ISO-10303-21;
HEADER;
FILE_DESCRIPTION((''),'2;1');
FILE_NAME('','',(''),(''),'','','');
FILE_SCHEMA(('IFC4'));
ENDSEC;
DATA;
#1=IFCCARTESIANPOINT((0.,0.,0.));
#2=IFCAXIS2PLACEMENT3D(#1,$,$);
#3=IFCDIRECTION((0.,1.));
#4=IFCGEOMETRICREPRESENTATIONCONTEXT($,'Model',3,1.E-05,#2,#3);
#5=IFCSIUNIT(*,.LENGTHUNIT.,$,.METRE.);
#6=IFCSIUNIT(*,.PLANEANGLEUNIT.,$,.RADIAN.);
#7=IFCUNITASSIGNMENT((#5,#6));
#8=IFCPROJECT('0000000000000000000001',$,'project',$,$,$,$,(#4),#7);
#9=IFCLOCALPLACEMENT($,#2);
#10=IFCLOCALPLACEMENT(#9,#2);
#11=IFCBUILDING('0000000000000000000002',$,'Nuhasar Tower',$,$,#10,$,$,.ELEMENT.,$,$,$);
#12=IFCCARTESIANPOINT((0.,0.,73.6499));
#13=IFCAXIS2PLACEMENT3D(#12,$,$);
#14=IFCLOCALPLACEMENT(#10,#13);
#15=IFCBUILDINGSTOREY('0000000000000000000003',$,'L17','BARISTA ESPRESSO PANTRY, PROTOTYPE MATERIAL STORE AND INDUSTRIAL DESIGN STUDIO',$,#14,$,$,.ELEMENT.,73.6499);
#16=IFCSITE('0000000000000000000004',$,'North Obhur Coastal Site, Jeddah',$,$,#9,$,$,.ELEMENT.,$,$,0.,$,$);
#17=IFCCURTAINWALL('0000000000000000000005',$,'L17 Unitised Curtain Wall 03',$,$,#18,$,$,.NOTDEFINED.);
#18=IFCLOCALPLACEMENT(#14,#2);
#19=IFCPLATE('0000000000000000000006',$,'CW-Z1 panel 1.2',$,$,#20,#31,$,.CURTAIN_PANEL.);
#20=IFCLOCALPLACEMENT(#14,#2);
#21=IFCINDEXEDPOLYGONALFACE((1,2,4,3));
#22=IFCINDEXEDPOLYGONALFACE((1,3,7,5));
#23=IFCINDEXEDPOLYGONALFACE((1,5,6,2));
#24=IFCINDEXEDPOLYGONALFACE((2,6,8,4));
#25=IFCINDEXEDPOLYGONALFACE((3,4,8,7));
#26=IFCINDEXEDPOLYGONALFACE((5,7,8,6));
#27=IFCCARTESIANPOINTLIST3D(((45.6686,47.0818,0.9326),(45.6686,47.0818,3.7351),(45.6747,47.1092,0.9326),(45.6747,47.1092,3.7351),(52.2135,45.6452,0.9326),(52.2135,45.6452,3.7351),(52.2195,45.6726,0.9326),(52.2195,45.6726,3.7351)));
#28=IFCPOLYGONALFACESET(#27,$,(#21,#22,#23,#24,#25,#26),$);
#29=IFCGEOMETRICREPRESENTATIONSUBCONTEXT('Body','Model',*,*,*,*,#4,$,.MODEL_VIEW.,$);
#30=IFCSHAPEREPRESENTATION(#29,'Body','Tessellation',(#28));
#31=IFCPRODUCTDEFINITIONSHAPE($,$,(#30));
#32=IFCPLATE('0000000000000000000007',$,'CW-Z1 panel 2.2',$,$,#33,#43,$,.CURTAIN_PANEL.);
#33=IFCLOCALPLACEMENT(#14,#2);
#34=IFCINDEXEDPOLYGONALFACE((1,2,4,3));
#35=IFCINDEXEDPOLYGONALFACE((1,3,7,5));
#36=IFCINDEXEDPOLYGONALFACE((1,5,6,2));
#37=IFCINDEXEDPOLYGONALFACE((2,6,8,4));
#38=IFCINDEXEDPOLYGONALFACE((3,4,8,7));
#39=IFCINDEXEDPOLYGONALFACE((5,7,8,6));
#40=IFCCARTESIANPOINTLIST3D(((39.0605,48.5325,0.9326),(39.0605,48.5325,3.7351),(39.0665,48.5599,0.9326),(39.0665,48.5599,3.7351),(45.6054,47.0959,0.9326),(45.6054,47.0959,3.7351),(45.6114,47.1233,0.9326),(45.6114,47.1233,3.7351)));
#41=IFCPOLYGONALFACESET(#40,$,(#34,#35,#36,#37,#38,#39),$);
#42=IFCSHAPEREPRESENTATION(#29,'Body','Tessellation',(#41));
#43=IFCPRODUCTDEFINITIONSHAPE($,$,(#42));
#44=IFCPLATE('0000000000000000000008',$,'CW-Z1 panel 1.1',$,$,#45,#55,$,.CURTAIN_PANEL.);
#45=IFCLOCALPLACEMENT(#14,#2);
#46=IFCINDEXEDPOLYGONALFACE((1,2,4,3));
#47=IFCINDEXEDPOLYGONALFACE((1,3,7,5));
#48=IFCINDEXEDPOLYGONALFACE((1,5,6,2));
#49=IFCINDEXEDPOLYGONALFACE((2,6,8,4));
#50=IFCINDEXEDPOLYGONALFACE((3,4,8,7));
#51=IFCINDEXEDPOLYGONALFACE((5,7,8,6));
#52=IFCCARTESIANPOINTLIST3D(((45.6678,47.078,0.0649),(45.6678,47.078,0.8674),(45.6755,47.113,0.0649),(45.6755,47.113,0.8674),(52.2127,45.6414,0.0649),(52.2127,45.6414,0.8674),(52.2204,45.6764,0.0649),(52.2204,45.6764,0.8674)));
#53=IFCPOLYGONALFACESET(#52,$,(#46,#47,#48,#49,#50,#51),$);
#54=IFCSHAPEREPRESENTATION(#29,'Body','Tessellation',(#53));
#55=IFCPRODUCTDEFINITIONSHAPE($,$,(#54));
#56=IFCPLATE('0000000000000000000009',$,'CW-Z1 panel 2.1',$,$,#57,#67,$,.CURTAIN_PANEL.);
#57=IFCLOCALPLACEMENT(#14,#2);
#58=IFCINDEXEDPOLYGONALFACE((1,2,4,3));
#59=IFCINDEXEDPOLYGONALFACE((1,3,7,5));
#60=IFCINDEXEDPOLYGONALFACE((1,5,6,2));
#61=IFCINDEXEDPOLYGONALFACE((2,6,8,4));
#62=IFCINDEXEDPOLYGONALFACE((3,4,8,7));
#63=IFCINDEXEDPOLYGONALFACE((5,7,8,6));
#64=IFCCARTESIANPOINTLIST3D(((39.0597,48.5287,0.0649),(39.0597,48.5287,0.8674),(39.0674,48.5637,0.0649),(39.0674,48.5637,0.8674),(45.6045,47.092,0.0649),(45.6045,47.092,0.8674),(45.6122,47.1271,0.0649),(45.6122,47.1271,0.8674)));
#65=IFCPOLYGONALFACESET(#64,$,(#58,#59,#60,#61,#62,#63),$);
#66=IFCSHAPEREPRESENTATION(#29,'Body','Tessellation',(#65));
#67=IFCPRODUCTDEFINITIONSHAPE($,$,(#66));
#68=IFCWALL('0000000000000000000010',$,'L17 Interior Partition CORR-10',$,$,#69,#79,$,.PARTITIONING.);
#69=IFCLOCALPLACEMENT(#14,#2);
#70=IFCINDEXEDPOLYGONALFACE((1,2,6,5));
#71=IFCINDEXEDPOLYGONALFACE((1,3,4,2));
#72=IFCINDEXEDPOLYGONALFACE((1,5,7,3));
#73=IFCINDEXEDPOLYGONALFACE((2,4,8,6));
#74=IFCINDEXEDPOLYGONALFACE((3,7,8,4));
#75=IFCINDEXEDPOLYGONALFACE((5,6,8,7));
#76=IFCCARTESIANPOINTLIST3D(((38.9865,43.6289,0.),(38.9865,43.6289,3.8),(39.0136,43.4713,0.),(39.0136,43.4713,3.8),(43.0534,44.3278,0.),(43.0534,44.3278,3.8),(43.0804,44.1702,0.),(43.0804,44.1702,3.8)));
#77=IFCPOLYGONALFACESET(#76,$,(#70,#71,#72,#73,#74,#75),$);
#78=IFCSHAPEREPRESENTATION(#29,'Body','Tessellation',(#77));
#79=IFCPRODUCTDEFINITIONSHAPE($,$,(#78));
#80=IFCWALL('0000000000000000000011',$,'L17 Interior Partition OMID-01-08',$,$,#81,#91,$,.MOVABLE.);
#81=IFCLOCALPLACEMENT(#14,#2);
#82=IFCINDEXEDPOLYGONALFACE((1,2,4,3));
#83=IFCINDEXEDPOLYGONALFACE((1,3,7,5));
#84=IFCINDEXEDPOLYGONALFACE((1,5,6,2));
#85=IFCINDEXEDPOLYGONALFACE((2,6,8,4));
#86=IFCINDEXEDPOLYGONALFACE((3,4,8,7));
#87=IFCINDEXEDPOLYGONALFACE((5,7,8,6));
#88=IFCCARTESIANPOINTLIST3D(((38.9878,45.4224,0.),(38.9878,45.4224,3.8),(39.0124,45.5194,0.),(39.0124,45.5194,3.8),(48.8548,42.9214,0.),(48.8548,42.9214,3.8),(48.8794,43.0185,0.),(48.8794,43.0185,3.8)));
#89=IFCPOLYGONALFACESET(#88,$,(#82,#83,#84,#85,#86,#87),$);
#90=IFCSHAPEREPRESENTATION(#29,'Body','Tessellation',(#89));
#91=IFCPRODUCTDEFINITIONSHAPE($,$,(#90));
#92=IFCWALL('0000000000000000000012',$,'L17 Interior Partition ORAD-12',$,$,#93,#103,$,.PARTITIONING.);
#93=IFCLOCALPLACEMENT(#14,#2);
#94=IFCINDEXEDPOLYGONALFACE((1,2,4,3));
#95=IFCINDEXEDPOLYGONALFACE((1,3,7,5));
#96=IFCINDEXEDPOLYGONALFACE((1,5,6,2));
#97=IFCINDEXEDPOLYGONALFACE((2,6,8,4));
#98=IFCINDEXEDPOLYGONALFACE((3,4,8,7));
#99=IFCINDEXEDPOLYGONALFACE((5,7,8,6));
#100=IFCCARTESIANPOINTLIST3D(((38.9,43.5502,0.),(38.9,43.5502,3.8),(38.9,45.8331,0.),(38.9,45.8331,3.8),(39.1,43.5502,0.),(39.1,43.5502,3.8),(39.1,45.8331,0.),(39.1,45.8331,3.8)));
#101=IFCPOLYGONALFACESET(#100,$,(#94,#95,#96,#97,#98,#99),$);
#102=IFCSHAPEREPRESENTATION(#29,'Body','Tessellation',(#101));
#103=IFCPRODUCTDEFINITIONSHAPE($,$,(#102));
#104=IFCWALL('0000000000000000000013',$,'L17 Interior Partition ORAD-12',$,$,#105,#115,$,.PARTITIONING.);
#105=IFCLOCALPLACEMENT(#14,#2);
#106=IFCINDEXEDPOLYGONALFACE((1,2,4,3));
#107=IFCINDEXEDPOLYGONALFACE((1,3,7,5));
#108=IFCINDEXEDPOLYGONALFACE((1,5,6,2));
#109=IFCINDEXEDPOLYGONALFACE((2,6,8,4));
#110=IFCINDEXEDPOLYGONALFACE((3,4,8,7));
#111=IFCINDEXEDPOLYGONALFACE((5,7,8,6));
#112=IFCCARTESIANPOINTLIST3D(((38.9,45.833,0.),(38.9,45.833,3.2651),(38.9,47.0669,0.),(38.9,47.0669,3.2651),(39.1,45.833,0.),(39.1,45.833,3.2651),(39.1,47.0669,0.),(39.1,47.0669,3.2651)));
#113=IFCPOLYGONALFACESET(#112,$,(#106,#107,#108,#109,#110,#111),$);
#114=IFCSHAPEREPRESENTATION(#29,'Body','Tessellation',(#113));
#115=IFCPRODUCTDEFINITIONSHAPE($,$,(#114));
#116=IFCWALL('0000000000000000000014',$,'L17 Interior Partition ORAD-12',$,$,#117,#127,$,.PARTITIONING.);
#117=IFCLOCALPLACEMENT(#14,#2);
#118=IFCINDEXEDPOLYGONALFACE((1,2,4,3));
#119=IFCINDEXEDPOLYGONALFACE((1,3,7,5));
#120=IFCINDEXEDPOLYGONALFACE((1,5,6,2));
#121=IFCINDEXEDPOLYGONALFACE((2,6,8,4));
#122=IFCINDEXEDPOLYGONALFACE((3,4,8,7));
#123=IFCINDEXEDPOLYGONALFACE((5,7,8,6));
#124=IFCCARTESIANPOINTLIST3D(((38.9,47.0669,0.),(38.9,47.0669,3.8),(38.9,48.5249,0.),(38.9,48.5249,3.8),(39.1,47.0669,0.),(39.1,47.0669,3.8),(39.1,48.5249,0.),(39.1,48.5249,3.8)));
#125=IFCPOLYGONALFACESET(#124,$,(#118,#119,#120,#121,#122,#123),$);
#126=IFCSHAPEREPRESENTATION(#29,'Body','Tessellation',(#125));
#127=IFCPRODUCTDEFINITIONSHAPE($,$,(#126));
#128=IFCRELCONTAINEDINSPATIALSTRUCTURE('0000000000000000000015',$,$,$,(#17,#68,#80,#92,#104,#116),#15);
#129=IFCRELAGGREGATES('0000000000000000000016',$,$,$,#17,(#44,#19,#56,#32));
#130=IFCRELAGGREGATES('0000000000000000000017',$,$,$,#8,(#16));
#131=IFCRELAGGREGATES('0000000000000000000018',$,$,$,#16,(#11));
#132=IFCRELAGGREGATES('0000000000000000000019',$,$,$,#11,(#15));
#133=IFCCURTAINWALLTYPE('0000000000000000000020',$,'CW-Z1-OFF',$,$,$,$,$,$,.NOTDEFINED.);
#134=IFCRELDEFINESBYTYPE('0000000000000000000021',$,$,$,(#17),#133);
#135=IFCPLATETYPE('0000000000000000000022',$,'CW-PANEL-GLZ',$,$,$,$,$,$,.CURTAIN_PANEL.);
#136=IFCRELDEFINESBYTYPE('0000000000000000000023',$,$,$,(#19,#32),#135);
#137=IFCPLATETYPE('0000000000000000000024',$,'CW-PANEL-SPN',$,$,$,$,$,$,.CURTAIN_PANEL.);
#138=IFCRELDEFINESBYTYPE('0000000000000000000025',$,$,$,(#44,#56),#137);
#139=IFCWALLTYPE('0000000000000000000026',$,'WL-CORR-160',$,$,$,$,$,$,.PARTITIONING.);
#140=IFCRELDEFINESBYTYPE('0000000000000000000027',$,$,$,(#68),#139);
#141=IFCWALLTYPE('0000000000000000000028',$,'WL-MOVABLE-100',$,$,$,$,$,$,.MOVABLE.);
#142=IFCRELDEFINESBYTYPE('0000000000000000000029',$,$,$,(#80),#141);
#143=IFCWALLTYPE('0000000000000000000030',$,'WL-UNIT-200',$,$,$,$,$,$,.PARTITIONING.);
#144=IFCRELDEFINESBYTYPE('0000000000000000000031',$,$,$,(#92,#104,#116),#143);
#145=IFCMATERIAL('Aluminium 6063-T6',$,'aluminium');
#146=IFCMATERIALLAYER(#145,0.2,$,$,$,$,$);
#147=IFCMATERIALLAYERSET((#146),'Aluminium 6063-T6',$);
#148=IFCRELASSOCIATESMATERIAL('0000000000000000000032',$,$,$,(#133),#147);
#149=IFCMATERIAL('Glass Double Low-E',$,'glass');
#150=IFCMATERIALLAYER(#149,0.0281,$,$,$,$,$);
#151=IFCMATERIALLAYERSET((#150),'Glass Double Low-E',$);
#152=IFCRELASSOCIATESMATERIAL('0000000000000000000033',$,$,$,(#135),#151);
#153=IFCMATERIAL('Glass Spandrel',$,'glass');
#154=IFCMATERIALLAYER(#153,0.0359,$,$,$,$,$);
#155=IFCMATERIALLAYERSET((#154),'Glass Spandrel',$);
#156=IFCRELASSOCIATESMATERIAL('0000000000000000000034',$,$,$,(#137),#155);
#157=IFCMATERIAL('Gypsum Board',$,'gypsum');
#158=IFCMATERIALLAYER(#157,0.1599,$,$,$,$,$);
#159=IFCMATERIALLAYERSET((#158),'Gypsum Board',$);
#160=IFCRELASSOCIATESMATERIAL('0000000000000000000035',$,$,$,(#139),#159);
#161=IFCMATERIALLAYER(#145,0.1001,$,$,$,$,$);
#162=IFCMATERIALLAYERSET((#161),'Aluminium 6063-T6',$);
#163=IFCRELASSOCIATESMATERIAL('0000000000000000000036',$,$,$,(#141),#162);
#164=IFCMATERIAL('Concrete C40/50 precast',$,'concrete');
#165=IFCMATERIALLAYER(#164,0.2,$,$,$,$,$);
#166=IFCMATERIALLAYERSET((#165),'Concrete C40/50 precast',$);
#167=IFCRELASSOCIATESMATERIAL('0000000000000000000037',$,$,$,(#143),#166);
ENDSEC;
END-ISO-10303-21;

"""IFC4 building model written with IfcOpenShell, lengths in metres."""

from ifc_helpers import new_model, si_unit, direction, frame, frame_2d, origin, origin_2d, place, context, subcontext, project, spatial, rectangle, extrude, material, layer, layer_set, type_object, element, aggregate, save


model = new_model("IFC4")

# Units and contexts
model_context = context("Model", 3, precision=1e-05, world=origin(), true_north=direction((0.0, 1.0)))
body_context = subcontext(model_context, "Body", "Model", "MODEL_VIEW")
ifc_project = project(units=[si_unit("LENGTHUNIT", "METRE"), si_unit("PLANEANGLEUNIT", "RADIAN")], contexts=[model_context])

# Site, building, storey
site_placement = place(None, origin())
site = spatial("IfcSite", under=ifc_project, at=site_placement, Name="North Obhur Coastal Site, Jeddah", CompositionType="ELEMENT", RefElevation=0.0)
building_placement = place(site_placement, origin())
building = spatial("IfcBuilding", under=site, at=building_placement, Name="Nuhasar Tower", CompositionType="ELEMENT")
storey_placement = place(building_placement, frame((0.0, 0.0, 73.6499)))
storey = spatial("IfcBuildingStorey", under=building, at=storey_placement, Name="L17", Description="BARISTA ESPRESSO PANTRY, PROTOTYPE MATERIAL STORE AND INDUSTRIAL DESIGN STUDIO", CompositionType="ELEMENT", Elevation=73.6499)

# Curtain wall
ifc_material_1 = material(Name="Aluminium 6063-T6", Category="aluminium")
ifc_layer_1 = layer(ifc_material_1, 0.2)
ifc_layer_set_1 = layer_set([ifc_layer_1], Name="Aluminium 6063-T6")
curtain_wall_type = type_object("IfcCurtainWallType", Name="CW-Z1-OFF", PredefinedType="NOTDEFINED", material=ifc_layer_set_1)
curtain_wall_placement = place(storey_placement, origin())
curtain_wall = element("IfcCurtainWall", 1, at=curtain_wall_placement, inside=storey, type_object=curtain_wall_type, Name="L17 Unitised Curtain Wall 03", PredefinedType="NOTDEFINED")

# Plates
ifc_material_2 = material(Name="Glass Double Low-E", Category="glass")
ifc_layer_2 = layer(ifc_material_2, 0.0281)
ifc_layer_set_2 = layer_set([ifc_layer_2], Name="Glass Double Low-E")
plate_type_1 = type_object("IfcPlateType", Name="CW-PANEL-GLZ", PredefinedType="CURTAIN_PANEL", material=ifc_layer_set_2)
plate_1_placement = place(storey_placement, frame((48.9441, 46.3772, 0.9326), z_axis=(0.0, 0.0, 1.0), x_axis=(-0.976746, 0.214399, 0.0)))
plate_1 = element("IfcPlate", 2, at=plate_1_placement, type_object=plate_type_1, Name="CW-Z1 panel 1.2", PredefinedType="CURTAIN_PANEL", context=body_context, shape_type="SweptSolid", body=[
    extrude(rectangle(XDim=6.7007, YDim=0.0281, at=origin_2d()), origin(), (0.0, 0.0, 1.0), 2.8025),
])
plate_2_placement = place(storey_placement, frame((42.3359, 47.8279, 0.9326), z_axis=(0.0, 0.0, 1.0), x_axis=(-0.976746, 0.214399, 0.0)))
plate_2 = element("IfcPlate", 3, at=plate_2_placement, type_object=plate_type_1, Name="CW-Z1 panel 2.2", PredefinedType="CURTAIN_PANEL", context=body_context, shape_type="SweptSolid", body=[
    extrude(rectangle(XDim=6.7007, YDim=0.0281, at=origin_2d()), origin(), (0.0, 0.0, 1.0), 2.8025),
])
ifc_material_3 = material(Name="Glass Spandrel", Category="glass")
ifc_layer_3 = layer(ifc_material_3, 0.0359)
ifc_layer_set_3 = layer_set([ifc_layer_3], Name="Glass Spandrel")
plate_type_2 = type_object("IfcPlateType", Name="CW-PANEL-SPN", PredefinedType="CURTAIN_PANEL", material=ifc_layer_set_3)
plate_3_placement = place(storey_placement, frame((48.9441, 46.3772, 0.0649), z_axis=(0.0, 0.0, 1.0), x_axis=(-0.976746, 0.214399, 0.0)))
plate_3 = element("IfcPlate", 4, at=plate_3_placement, type_object=plate_type_2, Name="CW-Z1 panel 1.1", PredefinedType="CURTAIN_PANEL", context=body_context, shape_type="SweptSolid", body=[
    extrude(rectangle(XDim=6.7007, YDim=0.0359, at=origin_2d()), origin(), (0.0, 0.0, 1.0), 0.8025),
])
plate_4_placement = place(storey_placement, frame((42.3359, 47.8279, 0.0649), z_axis=(0.0, 0.0, 1.0), x_axis=(-0.976746, 0.214399, 0.0)))
plate_4 = element("IfcPlate", 5, at=plate_4_placement, type_object=plate_type_2, Name="CW-Z1 panel 2.1", PredefinedType="CURTAIN_PANEL", context=body_context, shape_type="SweptSolid", body=[
    extrude(rectangle(XDim=6.7007, YDim=0.0359, at=origin_2d()), origin(), (0.0, 0.0, 1.0), 0.8025),
])
aggregate(curtain_wall, [plate_3, plate_1, plate_4, plate_2])

# Walls
ifc_material_4 = material(Name="Gypsum Board", Category="gypsum")
ifc_layer_4 = layer(ifc_material_4, 0.1599)
ifc_layer_set_4 = layer_set([ifc_layer_4], Name="Gypsum Board")
wall_type_1 = type_object("IfcWallType", Name="WL-CORR-160", PredefinedType="PARTITIONING", material=ifc_layer_set_4)
wall_1_placement = place(storey_placement, frame((43.0669, 44.249, 0.0), z_axis=(0.0, 0.0, 1.0), x_axis=(-0.98555, -0.169386, 0.0)))
element("IfcWall", 6, at=wall_1_placement, inside=storey, type_object=wall_type_1, Name="L17 Interior Partition CORR-10", PredefinedType="PARTITIONING", context=body_context, shape_type="SweptSolid", body=[
    extrude(rectangle(XDim=4.1265, YDim=0.1599, at=frame_2d((2.0632, 0.0))), origin(), (0.0, 0.0, 1.0), 3.8),
])
ifc_layer_5 = layer(ifc_material_1, 0.1001)
ifc_layer_set_5 = layer_set([ifc_layer_5], Name="Aluminium 6063-T6")
wall_type_2 = type_object("IfcWallType", Name="WL-MOVABLE-100", PredefinedType="MOVABLE", material=ifc_layer_set_5)
wall_2_placement = place(storey_placement, frame((48.8669, 42.97, 0.0), z_axis=(0.0, 0.0, 1.0), x_axis=(-0.969346, 0.2457, 0.0)))
element("IfcWall", 7, at=wall_2_placement, inside=storey, type_object=wall_type_2, Name="L17 Interior Partition OMID-01-08", PredefinedType="MOVABLE", context=body_context, shape_type="SweptSolid", body=[
    extrude(rectangle(XDim=10.179, YDim=0.1001, at=frame_2d((5.0894, 0.0))), origin(), (0.0, 0.0, 1.0), 3.8),
])
ifc_material_5 = material(Name="Concrete C40/50 precast", Category="concrete")
ifc_layer_6 = layer(ifc_material_5, 0.2)
ifc_layer_set_6 = layer_set([ifc_layer_6], Name="Concrete C40/50 precast")
wall_type_3 = type_object("IfcWallType", Name="WL-UNIT-200", PredefinedType="PARTITIONING", material=ifc_layer_set_6)
wall_3_placement = place(storey_placement, frame((39.0, 43.55, 0.0), z_axis=(0.0, 0.0, 1.0), x_axis=(0.0, 1.0, 0.0)))
element("IfcWall", 8, at=wall_3_placement, inside=storey, type_object=wall_type_3, Name="L17 Interior Partition ORAD-12", PredefinedType="PARTITIONING", context=body_context, shape_type="SweptSolid", body=[
    extrude(rectangle(XDim=2.283, YDim=0.2, at=frame_2d((1.1416, 0.0))), origin(), (0.0, 0.0, 1.0), 3.8),
])
wall_4_placement = place(storey_placement, frame((39.0, 45.833, 0.0), z_axis=(0.0, 0.0, 1.0), x_axis=(0.0, 1.0, 0.0)))
element("IfcWall", 9, at=wall_4_placement, inside=storey, type_object=wall_type_3, Name="L17 Interior Partition ORAD-12", PredefinedType="PARTITIONING", context=body_context, shape_type="SweptSolid", body=[
    extrude(rectangle(XDim=1.2339, YDim=0.2, at=frame_2d((0.6169, 0.0))), origin(), (0.0, 0.0, 1.0), 3.2651),
])
wall_5_placement = place(storey_placement, frame((39.0, 47.0669, 0.0), z_axis=(0.0, 0.0, 1.0), x_axis=(0.0, 1.0, 0.0)))
element("IfcWall", 10, at=wall_5_placement, inside=storey, type_object=wall_type_3, Name="L17 Interior Partition ORAD-12", PredefinedType="PARTITIONING", context=body_context, shape_type="SweptSolid", body=[
    extrude(rectangle(XDim=1.458, YDim=0.2, at=frame_2d((0.729, 0.0))), origin(), (0.0, 0.0, 1.0), 3.8),
])

save(model, "model.ifc")
